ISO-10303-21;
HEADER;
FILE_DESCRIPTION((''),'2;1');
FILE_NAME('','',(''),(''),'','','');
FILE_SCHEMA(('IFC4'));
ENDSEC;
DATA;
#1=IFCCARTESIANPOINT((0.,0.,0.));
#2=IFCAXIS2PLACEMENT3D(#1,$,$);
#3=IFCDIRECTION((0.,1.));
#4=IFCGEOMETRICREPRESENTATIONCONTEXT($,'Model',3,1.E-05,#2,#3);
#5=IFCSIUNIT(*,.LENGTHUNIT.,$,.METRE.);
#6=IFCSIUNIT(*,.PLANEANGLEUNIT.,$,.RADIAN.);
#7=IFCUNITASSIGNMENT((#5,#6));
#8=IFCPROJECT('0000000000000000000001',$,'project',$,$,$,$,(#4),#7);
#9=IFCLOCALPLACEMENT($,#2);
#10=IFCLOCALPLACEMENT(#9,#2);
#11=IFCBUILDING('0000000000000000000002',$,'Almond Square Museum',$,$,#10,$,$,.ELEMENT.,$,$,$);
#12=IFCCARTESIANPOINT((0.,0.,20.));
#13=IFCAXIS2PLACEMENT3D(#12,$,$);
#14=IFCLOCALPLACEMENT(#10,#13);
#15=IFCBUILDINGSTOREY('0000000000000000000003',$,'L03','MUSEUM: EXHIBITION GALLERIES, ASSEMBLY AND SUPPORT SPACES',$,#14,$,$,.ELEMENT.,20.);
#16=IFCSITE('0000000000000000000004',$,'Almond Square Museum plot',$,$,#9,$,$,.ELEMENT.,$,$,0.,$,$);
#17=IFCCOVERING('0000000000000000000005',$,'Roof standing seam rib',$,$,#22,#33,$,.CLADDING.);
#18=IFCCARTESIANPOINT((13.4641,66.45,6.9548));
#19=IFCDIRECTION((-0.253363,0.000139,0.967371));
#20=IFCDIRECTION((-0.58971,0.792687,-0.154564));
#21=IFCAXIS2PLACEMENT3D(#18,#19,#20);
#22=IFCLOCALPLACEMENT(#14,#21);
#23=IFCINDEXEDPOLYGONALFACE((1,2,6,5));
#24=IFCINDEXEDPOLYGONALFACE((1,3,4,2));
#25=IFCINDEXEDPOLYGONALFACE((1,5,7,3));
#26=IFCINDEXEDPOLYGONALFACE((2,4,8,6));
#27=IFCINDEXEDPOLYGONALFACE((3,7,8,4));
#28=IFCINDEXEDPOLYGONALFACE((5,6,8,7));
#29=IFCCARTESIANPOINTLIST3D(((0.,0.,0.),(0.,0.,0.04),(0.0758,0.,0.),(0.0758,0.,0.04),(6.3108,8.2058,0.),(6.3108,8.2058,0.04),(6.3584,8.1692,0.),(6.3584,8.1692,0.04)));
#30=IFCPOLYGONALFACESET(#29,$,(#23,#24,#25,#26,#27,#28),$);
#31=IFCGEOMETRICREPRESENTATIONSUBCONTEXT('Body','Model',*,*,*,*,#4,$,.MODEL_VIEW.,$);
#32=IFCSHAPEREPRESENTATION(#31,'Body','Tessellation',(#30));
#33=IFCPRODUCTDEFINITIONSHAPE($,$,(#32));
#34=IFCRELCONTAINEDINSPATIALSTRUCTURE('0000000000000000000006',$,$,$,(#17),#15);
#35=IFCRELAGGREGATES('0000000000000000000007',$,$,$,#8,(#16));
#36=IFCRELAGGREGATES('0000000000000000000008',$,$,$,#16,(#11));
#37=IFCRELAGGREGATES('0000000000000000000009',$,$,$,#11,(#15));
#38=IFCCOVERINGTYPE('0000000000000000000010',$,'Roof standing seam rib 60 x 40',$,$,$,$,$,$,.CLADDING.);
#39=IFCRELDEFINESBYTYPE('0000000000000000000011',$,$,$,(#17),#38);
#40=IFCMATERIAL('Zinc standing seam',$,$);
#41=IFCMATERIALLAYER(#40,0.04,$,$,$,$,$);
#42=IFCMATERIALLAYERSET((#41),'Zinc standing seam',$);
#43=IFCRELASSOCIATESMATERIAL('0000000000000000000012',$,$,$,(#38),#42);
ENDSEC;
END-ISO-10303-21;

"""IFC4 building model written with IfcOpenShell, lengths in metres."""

from ifc_helpers import new_model, si_unit, direction, frame, origin, place, context, subcontext, project, spatial, polyline, outline, extrude, material, layer, layer_set, type_object, element, save


model = new_model("IFC4")

# Units and contexts
model_context = context("Model", 3, precision=1e-05, world=origin(), true_north=direction((0.0, 1.0)))
body_context = subcontext(model_context, "Body", "Model", "MODEL_VIEW")
ifc_project = project(units=[si_unit("LENGTHUNIT", "METRE"), si_unit("PLANEANGLEUNIT", "RADIAN")], contexts=[model_context])

# Site, building, storey
site_placement = place(None, origin())
site = spatial("IfcSite", under=ifc_project, at=site_placement, Name="Almond Square Museum plot", CompositionType="ELEMENT", RefElevation=0.0)
building_placement = place(site_placement, origin())
building = spatial("IfcBuilding", under=site, at=building_placement, Name="Almond Square Museum", CompositionType="ELEMENT")
storey_placement = place(building_placement, frame((0.0, 0.0, 20.0)))
storey = spatial("IfcBuildingStorey", under=building, at=storey_placement, Name="L03", Description="MUSEUM: EXHIBITION GALLERIES, ASSEMBLY AND SUPPORT SPACES", CompositionType="ELEMENT", Elevation=20.0)

# Covering
ifc_material_1 = material(Name="Zinc standing seam")
ifc_layer_1 = layer(ifc_material_1, 0.04)
ifc_layer_set_1 = layer_set([ifc_layer_1], Name="Zinc standing seam")
covering_type = type_object("IfcCoveringType", Name="Roof standing seam rib 60 x 40", PredefinedType="CLADDING", material=ifc_layer_set_1)
covering_1_placement = place(storey_placement, frame((13.4641, 66.45, 6.9548), z_axis=(-0.253363, 0.000139, 0.967371), x_axis=(-0.58971, 0.792687, -0.154564)))
element("IfcCovering", 1, at=covering_1_placement, inside=storey, type_object=covering_type, Name="Roof standing seam rib", PredefinedType="CLADDING", context=body_context, shape_type="SweptSolid", body=[
    extrude(outline(polyline([(0.0, 0.0), (0.0758, 0.0), (6.3584, 8.1692), (6.3108, 8.2058), (0.0, 0.0)])), origin(), (0.0, 0.0, 1.0), 0.04),
])

save(model, "model.ifc")
